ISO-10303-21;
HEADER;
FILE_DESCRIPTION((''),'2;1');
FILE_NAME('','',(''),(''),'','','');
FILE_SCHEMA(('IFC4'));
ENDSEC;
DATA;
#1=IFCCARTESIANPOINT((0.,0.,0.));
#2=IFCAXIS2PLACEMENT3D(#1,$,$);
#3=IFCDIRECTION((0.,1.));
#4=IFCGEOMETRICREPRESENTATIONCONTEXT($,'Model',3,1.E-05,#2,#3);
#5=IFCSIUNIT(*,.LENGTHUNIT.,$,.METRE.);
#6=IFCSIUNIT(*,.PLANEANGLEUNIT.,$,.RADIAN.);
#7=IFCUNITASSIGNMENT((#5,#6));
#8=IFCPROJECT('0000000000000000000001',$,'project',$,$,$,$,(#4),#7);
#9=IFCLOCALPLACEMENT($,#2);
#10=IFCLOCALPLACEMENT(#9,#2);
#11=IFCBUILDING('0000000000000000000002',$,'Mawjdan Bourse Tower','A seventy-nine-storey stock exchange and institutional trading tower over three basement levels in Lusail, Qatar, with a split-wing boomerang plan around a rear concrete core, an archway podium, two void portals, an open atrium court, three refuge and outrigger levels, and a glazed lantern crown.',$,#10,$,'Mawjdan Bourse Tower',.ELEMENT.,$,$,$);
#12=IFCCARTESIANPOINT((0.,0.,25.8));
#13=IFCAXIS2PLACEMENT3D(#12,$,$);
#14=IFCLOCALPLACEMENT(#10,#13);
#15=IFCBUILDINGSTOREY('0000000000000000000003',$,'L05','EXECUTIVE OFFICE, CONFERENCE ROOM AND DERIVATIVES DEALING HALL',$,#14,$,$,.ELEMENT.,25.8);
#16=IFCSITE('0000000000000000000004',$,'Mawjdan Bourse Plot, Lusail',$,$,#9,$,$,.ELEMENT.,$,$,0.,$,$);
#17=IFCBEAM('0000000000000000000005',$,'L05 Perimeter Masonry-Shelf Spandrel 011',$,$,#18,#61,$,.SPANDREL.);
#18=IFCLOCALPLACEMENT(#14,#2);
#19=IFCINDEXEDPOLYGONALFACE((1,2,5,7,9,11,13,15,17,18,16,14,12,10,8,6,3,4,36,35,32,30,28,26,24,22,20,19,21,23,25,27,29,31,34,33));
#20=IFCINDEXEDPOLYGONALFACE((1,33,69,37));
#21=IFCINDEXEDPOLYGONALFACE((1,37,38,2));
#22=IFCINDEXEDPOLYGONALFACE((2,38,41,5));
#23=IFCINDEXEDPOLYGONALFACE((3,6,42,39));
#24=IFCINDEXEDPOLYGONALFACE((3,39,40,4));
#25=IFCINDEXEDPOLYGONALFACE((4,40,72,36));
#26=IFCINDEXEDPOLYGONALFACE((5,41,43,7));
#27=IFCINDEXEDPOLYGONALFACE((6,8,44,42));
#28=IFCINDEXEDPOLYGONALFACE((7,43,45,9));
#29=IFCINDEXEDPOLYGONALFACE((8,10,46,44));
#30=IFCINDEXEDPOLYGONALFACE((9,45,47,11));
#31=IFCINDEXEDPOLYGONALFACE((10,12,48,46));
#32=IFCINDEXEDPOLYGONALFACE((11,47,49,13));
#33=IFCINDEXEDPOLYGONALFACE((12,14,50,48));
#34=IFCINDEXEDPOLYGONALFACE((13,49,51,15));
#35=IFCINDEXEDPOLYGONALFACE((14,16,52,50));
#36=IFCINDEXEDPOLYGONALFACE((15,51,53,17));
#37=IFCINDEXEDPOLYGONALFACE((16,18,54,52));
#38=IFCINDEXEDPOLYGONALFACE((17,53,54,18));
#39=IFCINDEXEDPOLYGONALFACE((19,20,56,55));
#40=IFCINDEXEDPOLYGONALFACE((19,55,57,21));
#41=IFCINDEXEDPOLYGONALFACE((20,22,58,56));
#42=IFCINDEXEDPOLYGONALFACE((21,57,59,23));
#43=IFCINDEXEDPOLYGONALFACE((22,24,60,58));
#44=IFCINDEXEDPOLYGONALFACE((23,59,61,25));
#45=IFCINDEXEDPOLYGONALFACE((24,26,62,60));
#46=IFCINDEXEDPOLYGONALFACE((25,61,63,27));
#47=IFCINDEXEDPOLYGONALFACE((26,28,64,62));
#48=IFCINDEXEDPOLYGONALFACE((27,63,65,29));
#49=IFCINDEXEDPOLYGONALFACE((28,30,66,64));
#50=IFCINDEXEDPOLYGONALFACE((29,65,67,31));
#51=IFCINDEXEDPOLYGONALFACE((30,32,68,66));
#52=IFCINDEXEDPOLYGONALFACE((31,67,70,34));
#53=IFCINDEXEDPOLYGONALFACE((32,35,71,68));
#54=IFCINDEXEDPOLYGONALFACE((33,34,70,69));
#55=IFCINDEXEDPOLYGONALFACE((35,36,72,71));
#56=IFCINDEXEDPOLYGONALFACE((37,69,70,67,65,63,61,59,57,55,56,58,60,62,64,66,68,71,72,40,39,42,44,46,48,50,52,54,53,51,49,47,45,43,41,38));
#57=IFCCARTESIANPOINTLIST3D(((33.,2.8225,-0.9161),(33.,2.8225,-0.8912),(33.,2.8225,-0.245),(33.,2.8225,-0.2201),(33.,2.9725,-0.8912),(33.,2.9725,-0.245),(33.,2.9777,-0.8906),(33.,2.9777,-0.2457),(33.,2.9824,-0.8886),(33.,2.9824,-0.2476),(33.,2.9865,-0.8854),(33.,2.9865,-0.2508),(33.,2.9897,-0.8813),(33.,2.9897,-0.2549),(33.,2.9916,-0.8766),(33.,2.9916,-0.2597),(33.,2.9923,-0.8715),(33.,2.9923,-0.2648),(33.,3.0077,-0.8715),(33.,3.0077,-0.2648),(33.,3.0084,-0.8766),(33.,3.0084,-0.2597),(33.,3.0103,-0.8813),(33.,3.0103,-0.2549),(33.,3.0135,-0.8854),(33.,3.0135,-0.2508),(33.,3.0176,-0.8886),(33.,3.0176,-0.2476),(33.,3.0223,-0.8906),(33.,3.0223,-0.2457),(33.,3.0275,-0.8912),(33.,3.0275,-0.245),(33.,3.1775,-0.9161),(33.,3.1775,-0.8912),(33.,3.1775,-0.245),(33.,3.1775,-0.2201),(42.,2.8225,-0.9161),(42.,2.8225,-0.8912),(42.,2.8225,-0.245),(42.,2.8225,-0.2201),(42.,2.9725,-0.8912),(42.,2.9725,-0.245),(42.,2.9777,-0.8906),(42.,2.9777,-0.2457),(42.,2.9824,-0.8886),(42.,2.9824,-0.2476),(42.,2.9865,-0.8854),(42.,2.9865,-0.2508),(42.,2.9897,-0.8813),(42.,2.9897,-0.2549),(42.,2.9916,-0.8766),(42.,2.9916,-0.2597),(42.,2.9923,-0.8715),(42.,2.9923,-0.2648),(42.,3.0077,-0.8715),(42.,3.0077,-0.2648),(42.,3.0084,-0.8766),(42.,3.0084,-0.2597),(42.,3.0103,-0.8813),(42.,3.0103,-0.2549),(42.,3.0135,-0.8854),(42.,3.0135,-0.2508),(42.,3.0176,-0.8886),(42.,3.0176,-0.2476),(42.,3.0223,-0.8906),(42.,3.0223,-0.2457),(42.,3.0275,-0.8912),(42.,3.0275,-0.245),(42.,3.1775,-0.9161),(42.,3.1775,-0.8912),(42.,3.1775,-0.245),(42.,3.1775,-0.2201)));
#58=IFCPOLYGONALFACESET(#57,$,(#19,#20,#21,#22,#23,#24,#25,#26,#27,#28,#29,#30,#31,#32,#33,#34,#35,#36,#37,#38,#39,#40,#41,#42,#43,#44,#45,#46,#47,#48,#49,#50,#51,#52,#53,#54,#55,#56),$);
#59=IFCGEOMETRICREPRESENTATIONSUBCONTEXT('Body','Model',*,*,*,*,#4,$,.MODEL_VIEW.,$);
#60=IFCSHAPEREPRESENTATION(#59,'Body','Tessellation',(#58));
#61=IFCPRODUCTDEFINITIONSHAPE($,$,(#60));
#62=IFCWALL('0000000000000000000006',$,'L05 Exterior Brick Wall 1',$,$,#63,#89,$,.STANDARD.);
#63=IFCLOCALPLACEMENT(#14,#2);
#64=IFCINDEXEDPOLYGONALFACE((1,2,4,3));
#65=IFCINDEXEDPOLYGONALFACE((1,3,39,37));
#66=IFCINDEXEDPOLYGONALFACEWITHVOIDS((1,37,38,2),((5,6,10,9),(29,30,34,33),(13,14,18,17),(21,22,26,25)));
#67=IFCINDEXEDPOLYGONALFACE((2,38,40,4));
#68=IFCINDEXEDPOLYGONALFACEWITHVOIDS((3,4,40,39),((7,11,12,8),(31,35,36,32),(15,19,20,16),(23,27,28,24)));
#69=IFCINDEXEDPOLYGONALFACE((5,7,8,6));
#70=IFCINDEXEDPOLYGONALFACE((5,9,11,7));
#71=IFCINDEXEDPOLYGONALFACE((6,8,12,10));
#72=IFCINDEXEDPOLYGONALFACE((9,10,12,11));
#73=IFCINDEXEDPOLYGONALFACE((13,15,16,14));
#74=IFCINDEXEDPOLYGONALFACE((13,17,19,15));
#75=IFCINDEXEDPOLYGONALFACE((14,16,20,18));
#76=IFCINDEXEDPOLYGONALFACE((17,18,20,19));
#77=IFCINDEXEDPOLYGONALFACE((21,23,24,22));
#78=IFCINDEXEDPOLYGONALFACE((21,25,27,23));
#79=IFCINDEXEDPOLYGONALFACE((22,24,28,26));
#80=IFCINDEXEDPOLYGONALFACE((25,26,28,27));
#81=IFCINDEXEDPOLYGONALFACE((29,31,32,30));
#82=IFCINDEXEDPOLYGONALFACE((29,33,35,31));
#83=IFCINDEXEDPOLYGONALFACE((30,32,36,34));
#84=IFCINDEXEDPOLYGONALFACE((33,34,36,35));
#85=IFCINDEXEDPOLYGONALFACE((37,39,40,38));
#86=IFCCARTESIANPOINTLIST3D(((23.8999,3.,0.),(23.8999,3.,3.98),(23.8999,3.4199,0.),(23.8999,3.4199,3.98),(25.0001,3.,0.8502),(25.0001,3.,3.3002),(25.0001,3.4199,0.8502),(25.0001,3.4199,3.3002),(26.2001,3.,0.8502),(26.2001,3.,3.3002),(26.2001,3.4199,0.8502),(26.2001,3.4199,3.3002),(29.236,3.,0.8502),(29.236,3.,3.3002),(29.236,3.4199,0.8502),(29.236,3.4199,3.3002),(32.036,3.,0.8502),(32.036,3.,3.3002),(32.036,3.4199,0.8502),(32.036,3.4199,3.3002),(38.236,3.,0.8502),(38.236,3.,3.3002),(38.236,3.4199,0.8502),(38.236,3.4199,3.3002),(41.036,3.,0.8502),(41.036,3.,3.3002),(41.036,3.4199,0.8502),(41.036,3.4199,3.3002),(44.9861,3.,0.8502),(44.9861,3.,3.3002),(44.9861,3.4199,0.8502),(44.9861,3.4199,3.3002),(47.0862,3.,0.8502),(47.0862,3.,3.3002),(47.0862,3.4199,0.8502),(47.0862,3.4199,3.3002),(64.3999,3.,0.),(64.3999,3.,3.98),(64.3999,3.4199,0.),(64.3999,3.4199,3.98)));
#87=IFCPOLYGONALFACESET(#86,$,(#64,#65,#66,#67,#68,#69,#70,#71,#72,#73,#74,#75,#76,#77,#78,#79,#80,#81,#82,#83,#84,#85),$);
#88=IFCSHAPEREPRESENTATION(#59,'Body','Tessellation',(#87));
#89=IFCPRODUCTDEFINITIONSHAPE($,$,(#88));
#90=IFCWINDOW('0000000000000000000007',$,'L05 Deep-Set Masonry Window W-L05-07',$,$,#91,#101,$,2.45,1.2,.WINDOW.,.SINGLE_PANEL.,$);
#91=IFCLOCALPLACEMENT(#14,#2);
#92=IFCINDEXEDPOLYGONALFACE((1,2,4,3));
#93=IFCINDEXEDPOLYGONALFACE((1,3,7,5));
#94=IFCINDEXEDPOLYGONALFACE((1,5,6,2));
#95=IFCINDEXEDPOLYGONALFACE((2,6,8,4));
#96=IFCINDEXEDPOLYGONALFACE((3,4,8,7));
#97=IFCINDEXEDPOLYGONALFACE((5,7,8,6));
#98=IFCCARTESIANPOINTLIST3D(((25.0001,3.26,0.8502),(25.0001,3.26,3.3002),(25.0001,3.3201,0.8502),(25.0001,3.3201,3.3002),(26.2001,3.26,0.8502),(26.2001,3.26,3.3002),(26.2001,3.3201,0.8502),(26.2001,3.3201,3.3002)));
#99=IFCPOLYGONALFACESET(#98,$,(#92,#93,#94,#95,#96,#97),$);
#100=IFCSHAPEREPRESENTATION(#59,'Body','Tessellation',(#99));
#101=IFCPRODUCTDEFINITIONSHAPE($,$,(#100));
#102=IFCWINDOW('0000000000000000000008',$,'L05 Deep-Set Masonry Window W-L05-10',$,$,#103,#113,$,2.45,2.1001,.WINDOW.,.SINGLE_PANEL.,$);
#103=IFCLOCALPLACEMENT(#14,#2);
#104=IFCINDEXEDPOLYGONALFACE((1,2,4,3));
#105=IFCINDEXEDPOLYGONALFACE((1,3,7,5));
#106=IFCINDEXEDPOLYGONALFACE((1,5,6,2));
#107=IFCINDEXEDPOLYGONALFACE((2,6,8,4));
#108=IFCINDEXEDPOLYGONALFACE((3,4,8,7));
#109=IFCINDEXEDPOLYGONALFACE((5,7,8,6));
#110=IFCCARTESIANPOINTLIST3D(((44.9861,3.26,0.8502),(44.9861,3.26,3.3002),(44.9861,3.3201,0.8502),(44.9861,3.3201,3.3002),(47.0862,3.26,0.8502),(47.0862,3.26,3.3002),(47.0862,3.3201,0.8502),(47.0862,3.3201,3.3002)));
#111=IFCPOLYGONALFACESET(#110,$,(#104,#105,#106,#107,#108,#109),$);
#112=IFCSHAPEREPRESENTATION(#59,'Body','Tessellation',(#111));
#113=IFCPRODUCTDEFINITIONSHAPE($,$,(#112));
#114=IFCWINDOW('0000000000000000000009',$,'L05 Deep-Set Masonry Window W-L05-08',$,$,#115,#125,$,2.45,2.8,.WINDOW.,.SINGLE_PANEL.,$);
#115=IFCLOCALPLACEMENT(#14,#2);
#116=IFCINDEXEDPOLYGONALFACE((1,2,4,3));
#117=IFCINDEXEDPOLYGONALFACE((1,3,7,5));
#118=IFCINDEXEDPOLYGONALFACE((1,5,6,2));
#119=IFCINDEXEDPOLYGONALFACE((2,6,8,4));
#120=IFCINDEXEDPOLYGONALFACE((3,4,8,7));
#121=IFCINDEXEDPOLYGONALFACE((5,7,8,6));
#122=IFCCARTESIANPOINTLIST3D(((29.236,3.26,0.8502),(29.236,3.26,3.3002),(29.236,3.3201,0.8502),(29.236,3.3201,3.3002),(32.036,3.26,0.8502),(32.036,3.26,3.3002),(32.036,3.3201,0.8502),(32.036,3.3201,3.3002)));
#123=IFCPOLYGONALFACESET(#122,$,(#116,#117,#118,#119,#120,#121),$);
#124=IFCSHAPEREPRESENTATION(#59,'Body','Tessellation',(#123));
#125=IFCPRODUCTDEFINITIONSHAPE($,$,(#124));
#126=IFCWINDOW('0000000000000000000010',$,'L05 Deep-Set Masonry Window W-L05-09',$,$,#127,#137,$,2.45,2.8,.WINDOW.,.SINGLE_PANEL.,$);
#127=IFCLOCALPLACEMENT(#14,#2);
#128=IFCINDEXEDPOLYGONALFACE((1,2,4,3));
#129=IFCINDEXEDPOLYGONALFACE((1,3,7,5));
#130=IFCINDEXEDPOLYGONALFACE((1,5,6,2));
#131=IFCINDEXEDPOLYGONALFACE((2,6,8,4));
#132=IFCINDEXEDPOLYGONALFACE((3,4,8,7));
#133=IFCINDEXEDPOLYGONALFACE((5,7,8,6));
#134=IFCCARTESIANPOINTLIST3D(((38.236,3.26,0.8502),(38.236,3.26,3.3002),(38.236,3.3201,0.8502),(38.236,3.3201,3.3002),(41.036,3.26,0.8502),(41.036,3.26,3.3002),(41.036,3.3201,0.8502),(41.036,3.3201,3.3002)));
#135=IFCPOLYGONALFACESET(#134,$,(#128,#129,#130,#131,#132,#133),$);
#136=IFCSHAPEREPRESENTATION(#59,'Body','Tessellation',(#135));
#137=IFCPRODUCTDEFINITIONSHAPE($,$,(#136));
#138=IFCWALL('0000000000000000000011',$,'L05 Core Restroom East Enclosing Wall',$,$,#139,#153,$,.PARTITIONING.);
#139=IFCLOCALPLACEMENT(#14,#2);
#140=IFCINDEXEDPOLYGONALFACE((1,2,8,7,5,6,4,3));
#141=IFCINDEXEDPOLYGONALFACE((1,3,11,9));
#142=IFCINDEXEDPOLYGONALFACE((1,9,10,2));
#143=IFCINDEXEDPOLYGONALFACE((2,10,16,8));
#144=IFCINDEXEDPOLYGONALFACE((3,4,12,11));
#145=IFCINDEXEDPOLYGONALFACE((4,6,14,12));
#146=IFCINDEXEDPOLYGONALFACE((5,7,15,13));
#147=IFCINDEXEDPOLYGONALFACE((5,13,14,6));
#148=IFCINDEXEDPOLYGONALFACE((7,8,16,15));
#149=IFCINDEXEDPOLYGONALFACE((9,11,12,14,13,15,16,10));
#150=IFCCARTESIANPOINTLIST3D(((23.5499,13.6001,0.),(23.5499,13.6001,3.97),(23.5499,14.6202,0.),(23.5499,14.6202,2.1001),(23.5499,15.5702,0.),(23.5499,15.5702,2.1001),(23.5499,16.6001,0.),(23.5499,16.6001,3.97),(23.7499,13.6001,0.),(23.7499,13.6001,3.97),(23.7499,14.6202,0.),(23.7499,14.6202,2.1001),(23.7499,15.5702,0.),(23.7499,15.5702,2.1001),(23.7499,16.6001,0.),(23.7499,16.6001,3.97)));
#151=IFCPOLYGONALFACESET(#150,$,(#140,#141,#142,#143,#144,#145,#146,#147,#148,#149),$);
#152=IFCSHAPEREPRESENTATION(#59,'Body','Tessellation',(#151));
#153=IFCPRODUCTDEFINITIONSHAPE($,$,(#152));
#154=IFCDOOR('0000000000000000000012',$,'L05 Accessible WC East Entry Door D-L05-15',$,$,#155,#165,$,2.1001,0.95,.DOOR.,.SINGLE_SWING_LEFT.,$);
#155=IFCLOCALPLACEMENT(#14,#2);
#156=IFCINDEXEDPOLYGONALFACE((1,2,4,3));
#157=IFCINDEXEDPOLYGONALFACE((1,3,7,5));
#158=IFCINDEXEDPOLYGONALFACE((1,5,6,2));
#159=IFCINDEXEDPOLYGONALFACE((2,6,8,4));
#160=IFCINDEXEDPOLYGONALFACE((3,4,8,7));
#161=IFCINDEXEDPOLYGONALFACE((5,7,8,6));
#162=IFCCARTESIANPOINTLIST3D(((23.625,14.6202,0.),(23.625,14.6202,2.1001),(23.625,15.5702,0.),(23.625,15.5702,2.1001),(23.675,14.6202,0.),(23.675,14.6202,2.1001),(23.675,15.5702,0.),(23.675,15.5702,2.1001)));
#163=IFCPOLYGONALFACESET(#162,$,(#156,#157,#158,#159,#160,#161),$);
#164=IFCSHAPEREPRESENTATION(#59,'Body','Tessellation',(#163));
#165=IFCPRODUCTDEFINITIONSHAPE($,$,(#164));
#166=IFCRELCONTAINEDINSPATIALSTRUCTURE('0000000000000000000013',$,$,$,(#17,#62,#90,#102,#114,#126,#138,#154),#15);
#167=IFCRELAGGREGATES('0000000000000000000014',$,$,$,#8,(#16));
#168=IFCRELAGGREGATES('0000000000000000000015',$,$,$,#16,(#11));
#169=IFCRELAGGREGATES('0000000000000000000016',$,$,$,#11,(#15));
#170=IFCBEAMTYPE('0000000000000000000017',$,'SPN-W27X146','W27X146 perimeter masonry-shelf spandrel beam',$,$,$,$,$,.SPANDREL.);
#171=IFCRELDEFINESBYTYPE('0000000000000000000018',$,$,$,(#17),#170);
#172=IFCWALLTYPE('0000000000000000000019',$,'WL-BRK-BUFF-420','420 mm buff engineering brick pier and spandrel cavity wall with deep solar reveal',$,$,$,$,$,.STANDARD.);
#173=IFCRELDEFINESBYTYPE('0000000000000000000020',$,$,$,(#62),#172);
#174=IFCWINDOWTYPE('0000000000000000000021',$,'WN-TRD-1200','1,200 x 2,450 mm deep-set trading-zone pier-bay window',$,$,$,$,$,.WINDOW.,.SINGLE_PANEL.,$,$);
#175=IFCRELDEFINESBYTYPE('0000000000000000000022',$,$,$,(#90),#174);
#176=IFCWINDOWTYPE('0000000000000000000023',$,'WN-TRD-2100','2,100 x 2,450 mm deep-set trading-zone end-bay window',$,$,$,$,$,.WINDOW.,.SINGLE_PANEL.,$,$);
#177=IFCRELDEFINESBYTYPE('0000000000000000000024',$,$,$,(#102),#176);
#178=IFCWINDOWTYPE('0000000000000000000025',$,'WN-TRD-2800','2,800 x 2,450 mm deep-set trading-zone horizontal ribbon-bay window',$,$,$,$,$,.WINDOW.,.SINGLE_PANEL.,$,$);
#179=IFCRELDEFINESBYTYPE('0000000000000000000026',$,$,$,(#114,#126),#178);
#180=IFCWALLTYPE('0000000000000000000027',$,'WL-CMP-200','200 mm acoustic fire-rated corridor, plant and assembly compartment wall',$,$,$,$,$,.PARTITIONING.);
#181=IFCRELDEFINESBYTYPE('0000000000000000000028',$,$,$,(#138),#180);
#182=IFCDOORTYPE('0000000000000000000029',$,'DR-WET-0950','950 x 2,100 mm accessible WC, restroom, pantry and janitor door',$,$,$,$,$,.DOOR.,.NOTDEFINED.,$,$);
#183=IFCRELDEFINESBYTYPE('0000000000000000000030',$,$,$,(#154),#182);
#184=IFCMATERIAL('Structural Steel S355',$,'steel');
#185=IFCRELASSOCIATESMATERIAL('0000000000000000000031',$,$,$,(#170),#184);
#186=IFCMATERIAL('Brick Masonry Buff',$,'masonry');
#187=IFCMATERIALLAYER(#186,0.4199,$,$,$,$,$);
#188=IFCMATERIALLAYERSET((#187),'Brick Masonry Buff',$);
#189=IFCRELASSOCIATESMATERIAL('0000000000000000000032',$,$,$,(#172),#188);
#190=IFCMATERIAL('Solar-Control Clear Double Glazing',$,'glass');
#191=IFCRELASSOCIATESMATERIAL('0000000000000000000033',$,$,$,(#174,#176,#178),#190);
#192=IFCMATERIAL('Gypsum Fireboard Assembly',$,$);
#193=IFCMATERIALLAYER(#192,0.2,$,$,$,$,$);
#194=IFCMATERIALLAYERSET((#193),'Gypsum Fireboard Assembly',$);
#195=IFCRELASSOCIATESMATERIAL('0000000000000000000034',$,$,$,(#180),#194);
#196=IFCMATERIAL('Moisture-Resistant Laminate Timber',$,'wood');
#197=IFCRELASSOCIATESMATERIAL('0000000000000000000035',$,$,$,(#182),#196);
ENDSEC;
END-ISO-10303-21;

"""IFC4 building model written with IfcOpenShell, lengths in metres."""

from ifc_helpers import new_model, si_unit, direction, frame, frame_2d, origin, origin_2d, place, context, subcontext, project, spatial, rectangle, i_section, extrude, material, layer, layer_set, material_profile, profile_set, type_object, element, fill, save


model = new_model("IFC4")

# Units and contexts
model_context = context("Model", 3, precision=1e-05, world=origin(), true_north=direction((0.0, 1.0)))
body_context = subcontext(model_context, "Body", "Model", "MODEL_VIEW")
ifc_project = project(units=[si_unit("LENGTHUNIT", "METRE"), si_unit("PLANEANGLEUNIT", "RADIAN")], contexts=[model_context])

# Site, building, storey
site_placement = place(None, origin())
site = spatial("IfcSite", under=ifc_project, at=site_placement, Name="Mawjdan Bourse Plot, Lusail", CompositionType="ELEMENT", RefElevation=0.0)
building_placement = place(site_placement, origin())
building = spatial("IfcBuilding", under=site, at=building_placement, Name="Mawjdan Bourse Tower", Description="A seventy-nine-storey stock exchange and institutional trading tower over three basement levels in Lusail, Qatar, with a split-wing boomerang plan around a rear concrete core, an archway podium, two void portals, an open atrium court, three refuge and outrigger levels, and a glazed lantern crown.", LongName="Mawjdan Bourse Tower", CompositionType="ELEMENT")
storey_placement = place(building_placement, frame((0.0, 0.0, 25.8)))
storey = spatial("IfcBuildingStorey", under=building, at=storey_placement, Name="L05", Description="EXECUTIVE OFFICE, CONFERENCE ROOM AND DERIVATIVES DEALING HALL", CompositionType="ELEMENT", Elevation=25.8)

# Beam
ifc_material_1 = material(Name="Structural Steel S355", Category="steel")
ifc_material_profile_1 = material_profile(ifc_material_1, i_section(OverallWidth=0.355, OverallDepth=0.696, WebThickness=0.0154, FlangeThickness=0.0249, FilletRadius=0.0198, at=origin_2d()), Name="W27X146")
ifc_profile_set_1 = profile_set([ifc_material_profile_1], Name="Structural Steel S355")
beam_type_1 = type_object("IfcBeamType", Name="SPN-W27X146", Description="W27X146 perimeter masonry-shelf spandrel beam", PredefinedType="SPANDREL", material=ifc_profile_set_1)
for number, where, z_axis, x_axis, name in (
    (1, (33.0, 3.0, -0.5681), (1.0, 0.0, 0.0), (0.0, 1.0, 0.0), "L05 Perimeter Masonry-Shelf Spandrel 011"),
):
    element("IfcBeam", number, at=place(storey_placement, frame(where, z_axis=z_axis, x_axis=x_axis)), inside=storey, type_object=beam_type_1, Name=name, PredefinedType="SPANDREL", context=body_context, shape_type="SweptSolid", body=[
        extrude(i_section(OverallWidth=0.355, OverallDepth=0.696, WebThickness=0.0154, FlangeThickness=0.0249, FilletRadius=0.0198, at=origin_2d()), origin(), (0.0, 0.0, 1.0), 9.0),
    ])

# Wall, openings, windows
ifc_material_2 = material(Name="Brick Masonry Buff", Category="masonry")
ifc_layer_1 = layer(ifc_material_2, 0.4199)
ifc_layer_set_1 = layer_set([ifc_layer_1], Name="Brick Masonry Buff")
wall_type_1 = type_object("IfcWallType", Name="WL-BRK-BUFF-420", Description="420 mm buff engineering brick pier and spandrel cavity wall with deep solar reveal", PredefinedType="STANDARD", material=ifc_layer_set_1)
wall_1_placement = place(storey_placement, frame((23.8999, 3.21, 0.0), z_axis=(0.0, 0.0, 1.0), x_axis=(1.0, 0.0, 0.0)))
wall_1 = element("IfcWall", 2, at=wall_1_placement, inside=storey, type_object=wall_type_1, Name="L05 Exterior Brick Wall 1", PredefinedType="STANDARD", context=body_context, shape_type="SweptSolid", body=[
    extrude(rectangle(XDim=40.5, YDim=0.4199, at=frame_2d((20.25, 0.0))), origin(), (0.0, 0.0, 1.0), 3.98),
])
opening_1_placement = place(wall_1_placement, frame((1.1001, 0.0, 0.8501)))
opening_1 = element("IfcOpeningElement", 3, at=opening_1_placement, cuts=wall_1, PredefinedType="OPENING", context=body_context, shape_type="SweptSolid", body=[
    extrude(rectangle(XDim=1.2, YDim=2.45, at=frame_2d((0.6001, 1.2251))), frame((0.0, 0.22, 0.0), z_axis=(0.0, -1.0, 0.0), x_axis=(1.0, 0.0, 0.0)), (0.0, 0.0, 1.0), 0.4399),
])
opening_2_placement = place(wall_1_placement, frame((5.3362, 0.0, 0.8501)))
opening_2 = element("IfcOpeningElement", 4, at=opening_2_placement, cuts=wall_1, PredefinedType="OPENING", context=body_context, shape_type="SweptSolid", body=[
    extrude(rectangle(XDim=2.8, YDim=2.45, at=frame_2d((1.3999, 1.2251))), frame((0.0, 0.22, 0.0), z_axis=(0.0, -1.0, 0.0), x_axis=(1.0, 0.0, 0.0)), (0.0, 0.0, 1.0), 0.4399),
])
opening_3_placement = place(wall_1_placement, frame((14.3362, 0.0, 0.8501)))
opening_3 = element("IfcOpeningElement", 5, at=opening_3_placement, cuts=wall_1, PredefinedType="OPENING", context=body_context, shape_type="SweptSolid", body=[
    extrude(rectangle(XDim=2.8, YDim=2.45, at=frame_2d((1.3999, 1.2251))), frame((0.0, 0.22, 0.0), z_axis=(0.0, -1.0, 0.0), x_axis=(1.0, 0.0, 0.0)), (0.0, 0.0, 1.0), 0.4399),
])
opening_4_placement = place(wall_1_placement, frame((21.0862, 0.0, 0.8501)))
opening_4 = element("IfcOpeningElement", 6, at=opening_4_placement, cuts=wall_1, PredefinedType="OPENING", context=body_context, shape_type="SweptSolid", body=[
    extrude(rectangle(XDim=2.1001, YDim=2.45, at=frame_2d((1.05, 1.2251))), frame((0.0, 0.22, 0.0), z_axis=(0.0, -1.0, 0.0), x_axis=(1.0, 0.0, 0.0)), (0.0, 0.0, 1.0), 0.4399),
])
ifc_material_3 = material(Name="Solar-Control Clear Double Glazing", Category="glass")
window_type_1 = type_object("IfcWindowType", Name="WN-TRD-1200", Description="1,200 x 2,450 mm deep-set trading-zone pier-bay window", PartitioningType="SINGLE_PANEL", PredefinedType="WINDOW", material=ifc_material_3)
window_1_placement = place(opening_1_placement, origin())
window_1 = element("IfcWindow", 7, at=window_1_placement, inside=storey, type_object=window_type_1, Name="L05 Deep-Set Masonry Window W-L05-07", OverallHeight=2.45, OverallWidth=1.2, PartitioningType="SINGLE_PANEL", PredefinedType="WINDOW", context=body_context, shape_type="SweptSolid", body=[
    extrude(rectangle(XDim=1.2, YDim=2.45, at=frame_2d((0.6001, 1.2251))), frame((0.0, 0.1101, 0.0), z_axis=(0.0, -1.0, 0.0), x_axis=(1.0, 0.0, 0.0)), (0.0, 0.0, 1.0), 0.0601),
])
fill(opening_1, window_1)
window_type_2 = type_object("IfcWindowType", Name="WN-TRD-2100", Description="2,100 x 2,450 mm deep-set trading-zone end-bay window", PartitioningType="SINGLE_PANEL", PredefinedType="WINDOW", material=ifc_material_3)
window_2_placement = place(opening_4_placement, origin())
window_2 = element("IfcWindow", 8, at=window_2_placement, inside=storey, type_object=window_type_2, Name="L05 Deep-Set Masonry Window W-L05-10", OverallHeight=2.45, OverallWidth=2.1001, PartitioningType="SINGLE_PANEL", PredefinedType="WINDOW", context=body_context, shape_type="SweptSolid", body=[
    extrude(rectangle(XDim=2.1001, YDim=2.45, at=frame_2d((1.05, 1.2251))), frame((0.0, 0.1101, 0.0), z_axis=(0.0, -1.0, 0.0), x_axis=(1.0, 0.0, 0.0)), (0.0, 0.0, 1.0), 0.0601),
])
fill(opening_4, window_2)
window_type_3 = type_object("IfcWindowType", Name="WN-TRD-2800", Description="2,800 x 2,450 mm deep-set trading-zone horizontal ribbon-bay window", PartitioningType="SINGLE_PANEL", PredefinedType="WINDOW", material=ifc_material_3)
window_3_placement = place(opening_2_placement, origin())
window_3 = element("IfcWindow", 9, at=window_3_placement, inside=storey, type_object=window_type_3, Name="L05 Deep-Set Masonry Window W-L05-08", OverallHeight=2.45, OverallWidth=2.8, PartitioningType="SINGLE_PANEL", PredefinedType="WINDOW", context=body_context, shape_type="SweptSolid", body=[
    extrude(rectangle(XDim=2.8, YDim=2.45, at=frame_2d((1.3999, 1.2251))), frame((0.0, 0.1101, 0.0), z_axis=(0.0, -1.0, 0.0), x_axis=(1.0, 0.0, 0.0)), (0.0, 0.0, 1.0), 0.0601),
])
fill(opening_2, window_3)
window_4_placement = place(opening_3_placement, origin())
window_4 = element("IfcWindow", 10, at=window_4_placement, inside=storey, type_object=window_type_3, Name="L05 Deep-Set Masonry Window W-L05-09", OverallHeight=2.45, OverallWidth=2.8, PartitioningType="SINGLE_PANEL", PredefinedType="WINDOW", context=body_context, shape_type="SweptSolid", body=[
    extrude(rectangle(XDim=2.8, YDim=2.45, at=frame_2d((1.3999, 1.2251))), frame((0.0, 0.1101, 0.0), z_axis=(0.0, -1.0, 0.0), x_axis=(1.0, 0.0, 0.0)), (0.0, 0.0, 1.0), 0.0601),
])
fill(opening_3, window_4)

# Wall, opening, door
ifc_material_4 = material(Name="Gypsum Fireboard Assembly")
ifc_layer_2 = layer(ifc_material_4, 0.2)
ifc_layer_set_2 = layer_set([ifc_layer_2], Name="Gypsum Fireboard Assembly")
wall_type_2 = type_object("IfcWallType", Name="WL-CMP-200", Description="200 mm acoustic fire-rated corridor, plant and assembly compartment wall", PredefinedType="PARTITIONING", material=ifc_layer_set_2)
wall_2_placement = place(storey_placement, frame((23.6499, 13.6001, 0.0), z_axis=(0.0, 0.0, 1.0), x_axis=(0.0, 1.0, 0.0)))
wall_2 = element("IfcWall", 11, at=wall_2_placement, inside=storey, type_object=wall_type_2, Name="L05 Core Restroom East Enclosing Wall", PredefinedType="PARTITIONING", context=body_context, shape_type="SweptSolid", body=[
    extrude(rectangle(XDim=3.0, YDim=0.2, at=frame_2d((1.5, 0.0))), origin(), (0.0, 0.0, 1.0), 3.97),
])
opening_5_placement = place(wall_2_placement, frame((1.02, 0.0, 0.0)))
opening_5 = element("IfcOpeningElement", 12, at=opening_5_placement, cuts=wall_2, PredefinedType="OPENING", context=body_context, shape_type="SweptSolid", body=[
    extrude(rectangle(XDim=0.95, YDim=2.1001, at=frame_2d((0.4751, 1.05))), frame((0.0, 0.1099, 0.0), z_axis=(0.0, -1.0, 0.0), x_axis=(1.0, 0.0, 0.0)), (0.0, 0.0, 1.0), 0.22),
])
ifc_material_5 = material(Name="Moisture-Resistant Laminate Timber", Category="wood")
door_type_1 = type_object("IfcDoorType", Name="DR-WET-0950", Description="950 x 2,100 mm accessible WC, restroom, pantry and janitor door", OperationType="NOTDEFINED", PredefinedType="DOOR", material=ifc_material_5)
door_1_placement = place(opening_5_placement, origin())
door_1 = element("IfcDoor", 13, at=door_1_placement, inside=storey, type_object=door_type_1, Name="L05 Accessible WC East Entry Door D-L05-15", OperationType="SINGLE_SWING_LEFT", OverallHeight=2.1001, OverallWidth=0.95, PredefinedType="DOOR", context=body_context, shape_type="SweptSolid", body=[
    extrude(rectangle(XDim=0.95, YDim=2.1001, at=frame_2d((0.4751, 1.05))), frame((0.0, 0.0249, 0.0), z_axis=(0.0, -1.0, 0.0), x_axis=(1.0, 0.0, 0.0)), (0.0, 0.0, 1.0), 0.05),
])
fill(opening_5, door_1)

save(model, "model.ifc")
